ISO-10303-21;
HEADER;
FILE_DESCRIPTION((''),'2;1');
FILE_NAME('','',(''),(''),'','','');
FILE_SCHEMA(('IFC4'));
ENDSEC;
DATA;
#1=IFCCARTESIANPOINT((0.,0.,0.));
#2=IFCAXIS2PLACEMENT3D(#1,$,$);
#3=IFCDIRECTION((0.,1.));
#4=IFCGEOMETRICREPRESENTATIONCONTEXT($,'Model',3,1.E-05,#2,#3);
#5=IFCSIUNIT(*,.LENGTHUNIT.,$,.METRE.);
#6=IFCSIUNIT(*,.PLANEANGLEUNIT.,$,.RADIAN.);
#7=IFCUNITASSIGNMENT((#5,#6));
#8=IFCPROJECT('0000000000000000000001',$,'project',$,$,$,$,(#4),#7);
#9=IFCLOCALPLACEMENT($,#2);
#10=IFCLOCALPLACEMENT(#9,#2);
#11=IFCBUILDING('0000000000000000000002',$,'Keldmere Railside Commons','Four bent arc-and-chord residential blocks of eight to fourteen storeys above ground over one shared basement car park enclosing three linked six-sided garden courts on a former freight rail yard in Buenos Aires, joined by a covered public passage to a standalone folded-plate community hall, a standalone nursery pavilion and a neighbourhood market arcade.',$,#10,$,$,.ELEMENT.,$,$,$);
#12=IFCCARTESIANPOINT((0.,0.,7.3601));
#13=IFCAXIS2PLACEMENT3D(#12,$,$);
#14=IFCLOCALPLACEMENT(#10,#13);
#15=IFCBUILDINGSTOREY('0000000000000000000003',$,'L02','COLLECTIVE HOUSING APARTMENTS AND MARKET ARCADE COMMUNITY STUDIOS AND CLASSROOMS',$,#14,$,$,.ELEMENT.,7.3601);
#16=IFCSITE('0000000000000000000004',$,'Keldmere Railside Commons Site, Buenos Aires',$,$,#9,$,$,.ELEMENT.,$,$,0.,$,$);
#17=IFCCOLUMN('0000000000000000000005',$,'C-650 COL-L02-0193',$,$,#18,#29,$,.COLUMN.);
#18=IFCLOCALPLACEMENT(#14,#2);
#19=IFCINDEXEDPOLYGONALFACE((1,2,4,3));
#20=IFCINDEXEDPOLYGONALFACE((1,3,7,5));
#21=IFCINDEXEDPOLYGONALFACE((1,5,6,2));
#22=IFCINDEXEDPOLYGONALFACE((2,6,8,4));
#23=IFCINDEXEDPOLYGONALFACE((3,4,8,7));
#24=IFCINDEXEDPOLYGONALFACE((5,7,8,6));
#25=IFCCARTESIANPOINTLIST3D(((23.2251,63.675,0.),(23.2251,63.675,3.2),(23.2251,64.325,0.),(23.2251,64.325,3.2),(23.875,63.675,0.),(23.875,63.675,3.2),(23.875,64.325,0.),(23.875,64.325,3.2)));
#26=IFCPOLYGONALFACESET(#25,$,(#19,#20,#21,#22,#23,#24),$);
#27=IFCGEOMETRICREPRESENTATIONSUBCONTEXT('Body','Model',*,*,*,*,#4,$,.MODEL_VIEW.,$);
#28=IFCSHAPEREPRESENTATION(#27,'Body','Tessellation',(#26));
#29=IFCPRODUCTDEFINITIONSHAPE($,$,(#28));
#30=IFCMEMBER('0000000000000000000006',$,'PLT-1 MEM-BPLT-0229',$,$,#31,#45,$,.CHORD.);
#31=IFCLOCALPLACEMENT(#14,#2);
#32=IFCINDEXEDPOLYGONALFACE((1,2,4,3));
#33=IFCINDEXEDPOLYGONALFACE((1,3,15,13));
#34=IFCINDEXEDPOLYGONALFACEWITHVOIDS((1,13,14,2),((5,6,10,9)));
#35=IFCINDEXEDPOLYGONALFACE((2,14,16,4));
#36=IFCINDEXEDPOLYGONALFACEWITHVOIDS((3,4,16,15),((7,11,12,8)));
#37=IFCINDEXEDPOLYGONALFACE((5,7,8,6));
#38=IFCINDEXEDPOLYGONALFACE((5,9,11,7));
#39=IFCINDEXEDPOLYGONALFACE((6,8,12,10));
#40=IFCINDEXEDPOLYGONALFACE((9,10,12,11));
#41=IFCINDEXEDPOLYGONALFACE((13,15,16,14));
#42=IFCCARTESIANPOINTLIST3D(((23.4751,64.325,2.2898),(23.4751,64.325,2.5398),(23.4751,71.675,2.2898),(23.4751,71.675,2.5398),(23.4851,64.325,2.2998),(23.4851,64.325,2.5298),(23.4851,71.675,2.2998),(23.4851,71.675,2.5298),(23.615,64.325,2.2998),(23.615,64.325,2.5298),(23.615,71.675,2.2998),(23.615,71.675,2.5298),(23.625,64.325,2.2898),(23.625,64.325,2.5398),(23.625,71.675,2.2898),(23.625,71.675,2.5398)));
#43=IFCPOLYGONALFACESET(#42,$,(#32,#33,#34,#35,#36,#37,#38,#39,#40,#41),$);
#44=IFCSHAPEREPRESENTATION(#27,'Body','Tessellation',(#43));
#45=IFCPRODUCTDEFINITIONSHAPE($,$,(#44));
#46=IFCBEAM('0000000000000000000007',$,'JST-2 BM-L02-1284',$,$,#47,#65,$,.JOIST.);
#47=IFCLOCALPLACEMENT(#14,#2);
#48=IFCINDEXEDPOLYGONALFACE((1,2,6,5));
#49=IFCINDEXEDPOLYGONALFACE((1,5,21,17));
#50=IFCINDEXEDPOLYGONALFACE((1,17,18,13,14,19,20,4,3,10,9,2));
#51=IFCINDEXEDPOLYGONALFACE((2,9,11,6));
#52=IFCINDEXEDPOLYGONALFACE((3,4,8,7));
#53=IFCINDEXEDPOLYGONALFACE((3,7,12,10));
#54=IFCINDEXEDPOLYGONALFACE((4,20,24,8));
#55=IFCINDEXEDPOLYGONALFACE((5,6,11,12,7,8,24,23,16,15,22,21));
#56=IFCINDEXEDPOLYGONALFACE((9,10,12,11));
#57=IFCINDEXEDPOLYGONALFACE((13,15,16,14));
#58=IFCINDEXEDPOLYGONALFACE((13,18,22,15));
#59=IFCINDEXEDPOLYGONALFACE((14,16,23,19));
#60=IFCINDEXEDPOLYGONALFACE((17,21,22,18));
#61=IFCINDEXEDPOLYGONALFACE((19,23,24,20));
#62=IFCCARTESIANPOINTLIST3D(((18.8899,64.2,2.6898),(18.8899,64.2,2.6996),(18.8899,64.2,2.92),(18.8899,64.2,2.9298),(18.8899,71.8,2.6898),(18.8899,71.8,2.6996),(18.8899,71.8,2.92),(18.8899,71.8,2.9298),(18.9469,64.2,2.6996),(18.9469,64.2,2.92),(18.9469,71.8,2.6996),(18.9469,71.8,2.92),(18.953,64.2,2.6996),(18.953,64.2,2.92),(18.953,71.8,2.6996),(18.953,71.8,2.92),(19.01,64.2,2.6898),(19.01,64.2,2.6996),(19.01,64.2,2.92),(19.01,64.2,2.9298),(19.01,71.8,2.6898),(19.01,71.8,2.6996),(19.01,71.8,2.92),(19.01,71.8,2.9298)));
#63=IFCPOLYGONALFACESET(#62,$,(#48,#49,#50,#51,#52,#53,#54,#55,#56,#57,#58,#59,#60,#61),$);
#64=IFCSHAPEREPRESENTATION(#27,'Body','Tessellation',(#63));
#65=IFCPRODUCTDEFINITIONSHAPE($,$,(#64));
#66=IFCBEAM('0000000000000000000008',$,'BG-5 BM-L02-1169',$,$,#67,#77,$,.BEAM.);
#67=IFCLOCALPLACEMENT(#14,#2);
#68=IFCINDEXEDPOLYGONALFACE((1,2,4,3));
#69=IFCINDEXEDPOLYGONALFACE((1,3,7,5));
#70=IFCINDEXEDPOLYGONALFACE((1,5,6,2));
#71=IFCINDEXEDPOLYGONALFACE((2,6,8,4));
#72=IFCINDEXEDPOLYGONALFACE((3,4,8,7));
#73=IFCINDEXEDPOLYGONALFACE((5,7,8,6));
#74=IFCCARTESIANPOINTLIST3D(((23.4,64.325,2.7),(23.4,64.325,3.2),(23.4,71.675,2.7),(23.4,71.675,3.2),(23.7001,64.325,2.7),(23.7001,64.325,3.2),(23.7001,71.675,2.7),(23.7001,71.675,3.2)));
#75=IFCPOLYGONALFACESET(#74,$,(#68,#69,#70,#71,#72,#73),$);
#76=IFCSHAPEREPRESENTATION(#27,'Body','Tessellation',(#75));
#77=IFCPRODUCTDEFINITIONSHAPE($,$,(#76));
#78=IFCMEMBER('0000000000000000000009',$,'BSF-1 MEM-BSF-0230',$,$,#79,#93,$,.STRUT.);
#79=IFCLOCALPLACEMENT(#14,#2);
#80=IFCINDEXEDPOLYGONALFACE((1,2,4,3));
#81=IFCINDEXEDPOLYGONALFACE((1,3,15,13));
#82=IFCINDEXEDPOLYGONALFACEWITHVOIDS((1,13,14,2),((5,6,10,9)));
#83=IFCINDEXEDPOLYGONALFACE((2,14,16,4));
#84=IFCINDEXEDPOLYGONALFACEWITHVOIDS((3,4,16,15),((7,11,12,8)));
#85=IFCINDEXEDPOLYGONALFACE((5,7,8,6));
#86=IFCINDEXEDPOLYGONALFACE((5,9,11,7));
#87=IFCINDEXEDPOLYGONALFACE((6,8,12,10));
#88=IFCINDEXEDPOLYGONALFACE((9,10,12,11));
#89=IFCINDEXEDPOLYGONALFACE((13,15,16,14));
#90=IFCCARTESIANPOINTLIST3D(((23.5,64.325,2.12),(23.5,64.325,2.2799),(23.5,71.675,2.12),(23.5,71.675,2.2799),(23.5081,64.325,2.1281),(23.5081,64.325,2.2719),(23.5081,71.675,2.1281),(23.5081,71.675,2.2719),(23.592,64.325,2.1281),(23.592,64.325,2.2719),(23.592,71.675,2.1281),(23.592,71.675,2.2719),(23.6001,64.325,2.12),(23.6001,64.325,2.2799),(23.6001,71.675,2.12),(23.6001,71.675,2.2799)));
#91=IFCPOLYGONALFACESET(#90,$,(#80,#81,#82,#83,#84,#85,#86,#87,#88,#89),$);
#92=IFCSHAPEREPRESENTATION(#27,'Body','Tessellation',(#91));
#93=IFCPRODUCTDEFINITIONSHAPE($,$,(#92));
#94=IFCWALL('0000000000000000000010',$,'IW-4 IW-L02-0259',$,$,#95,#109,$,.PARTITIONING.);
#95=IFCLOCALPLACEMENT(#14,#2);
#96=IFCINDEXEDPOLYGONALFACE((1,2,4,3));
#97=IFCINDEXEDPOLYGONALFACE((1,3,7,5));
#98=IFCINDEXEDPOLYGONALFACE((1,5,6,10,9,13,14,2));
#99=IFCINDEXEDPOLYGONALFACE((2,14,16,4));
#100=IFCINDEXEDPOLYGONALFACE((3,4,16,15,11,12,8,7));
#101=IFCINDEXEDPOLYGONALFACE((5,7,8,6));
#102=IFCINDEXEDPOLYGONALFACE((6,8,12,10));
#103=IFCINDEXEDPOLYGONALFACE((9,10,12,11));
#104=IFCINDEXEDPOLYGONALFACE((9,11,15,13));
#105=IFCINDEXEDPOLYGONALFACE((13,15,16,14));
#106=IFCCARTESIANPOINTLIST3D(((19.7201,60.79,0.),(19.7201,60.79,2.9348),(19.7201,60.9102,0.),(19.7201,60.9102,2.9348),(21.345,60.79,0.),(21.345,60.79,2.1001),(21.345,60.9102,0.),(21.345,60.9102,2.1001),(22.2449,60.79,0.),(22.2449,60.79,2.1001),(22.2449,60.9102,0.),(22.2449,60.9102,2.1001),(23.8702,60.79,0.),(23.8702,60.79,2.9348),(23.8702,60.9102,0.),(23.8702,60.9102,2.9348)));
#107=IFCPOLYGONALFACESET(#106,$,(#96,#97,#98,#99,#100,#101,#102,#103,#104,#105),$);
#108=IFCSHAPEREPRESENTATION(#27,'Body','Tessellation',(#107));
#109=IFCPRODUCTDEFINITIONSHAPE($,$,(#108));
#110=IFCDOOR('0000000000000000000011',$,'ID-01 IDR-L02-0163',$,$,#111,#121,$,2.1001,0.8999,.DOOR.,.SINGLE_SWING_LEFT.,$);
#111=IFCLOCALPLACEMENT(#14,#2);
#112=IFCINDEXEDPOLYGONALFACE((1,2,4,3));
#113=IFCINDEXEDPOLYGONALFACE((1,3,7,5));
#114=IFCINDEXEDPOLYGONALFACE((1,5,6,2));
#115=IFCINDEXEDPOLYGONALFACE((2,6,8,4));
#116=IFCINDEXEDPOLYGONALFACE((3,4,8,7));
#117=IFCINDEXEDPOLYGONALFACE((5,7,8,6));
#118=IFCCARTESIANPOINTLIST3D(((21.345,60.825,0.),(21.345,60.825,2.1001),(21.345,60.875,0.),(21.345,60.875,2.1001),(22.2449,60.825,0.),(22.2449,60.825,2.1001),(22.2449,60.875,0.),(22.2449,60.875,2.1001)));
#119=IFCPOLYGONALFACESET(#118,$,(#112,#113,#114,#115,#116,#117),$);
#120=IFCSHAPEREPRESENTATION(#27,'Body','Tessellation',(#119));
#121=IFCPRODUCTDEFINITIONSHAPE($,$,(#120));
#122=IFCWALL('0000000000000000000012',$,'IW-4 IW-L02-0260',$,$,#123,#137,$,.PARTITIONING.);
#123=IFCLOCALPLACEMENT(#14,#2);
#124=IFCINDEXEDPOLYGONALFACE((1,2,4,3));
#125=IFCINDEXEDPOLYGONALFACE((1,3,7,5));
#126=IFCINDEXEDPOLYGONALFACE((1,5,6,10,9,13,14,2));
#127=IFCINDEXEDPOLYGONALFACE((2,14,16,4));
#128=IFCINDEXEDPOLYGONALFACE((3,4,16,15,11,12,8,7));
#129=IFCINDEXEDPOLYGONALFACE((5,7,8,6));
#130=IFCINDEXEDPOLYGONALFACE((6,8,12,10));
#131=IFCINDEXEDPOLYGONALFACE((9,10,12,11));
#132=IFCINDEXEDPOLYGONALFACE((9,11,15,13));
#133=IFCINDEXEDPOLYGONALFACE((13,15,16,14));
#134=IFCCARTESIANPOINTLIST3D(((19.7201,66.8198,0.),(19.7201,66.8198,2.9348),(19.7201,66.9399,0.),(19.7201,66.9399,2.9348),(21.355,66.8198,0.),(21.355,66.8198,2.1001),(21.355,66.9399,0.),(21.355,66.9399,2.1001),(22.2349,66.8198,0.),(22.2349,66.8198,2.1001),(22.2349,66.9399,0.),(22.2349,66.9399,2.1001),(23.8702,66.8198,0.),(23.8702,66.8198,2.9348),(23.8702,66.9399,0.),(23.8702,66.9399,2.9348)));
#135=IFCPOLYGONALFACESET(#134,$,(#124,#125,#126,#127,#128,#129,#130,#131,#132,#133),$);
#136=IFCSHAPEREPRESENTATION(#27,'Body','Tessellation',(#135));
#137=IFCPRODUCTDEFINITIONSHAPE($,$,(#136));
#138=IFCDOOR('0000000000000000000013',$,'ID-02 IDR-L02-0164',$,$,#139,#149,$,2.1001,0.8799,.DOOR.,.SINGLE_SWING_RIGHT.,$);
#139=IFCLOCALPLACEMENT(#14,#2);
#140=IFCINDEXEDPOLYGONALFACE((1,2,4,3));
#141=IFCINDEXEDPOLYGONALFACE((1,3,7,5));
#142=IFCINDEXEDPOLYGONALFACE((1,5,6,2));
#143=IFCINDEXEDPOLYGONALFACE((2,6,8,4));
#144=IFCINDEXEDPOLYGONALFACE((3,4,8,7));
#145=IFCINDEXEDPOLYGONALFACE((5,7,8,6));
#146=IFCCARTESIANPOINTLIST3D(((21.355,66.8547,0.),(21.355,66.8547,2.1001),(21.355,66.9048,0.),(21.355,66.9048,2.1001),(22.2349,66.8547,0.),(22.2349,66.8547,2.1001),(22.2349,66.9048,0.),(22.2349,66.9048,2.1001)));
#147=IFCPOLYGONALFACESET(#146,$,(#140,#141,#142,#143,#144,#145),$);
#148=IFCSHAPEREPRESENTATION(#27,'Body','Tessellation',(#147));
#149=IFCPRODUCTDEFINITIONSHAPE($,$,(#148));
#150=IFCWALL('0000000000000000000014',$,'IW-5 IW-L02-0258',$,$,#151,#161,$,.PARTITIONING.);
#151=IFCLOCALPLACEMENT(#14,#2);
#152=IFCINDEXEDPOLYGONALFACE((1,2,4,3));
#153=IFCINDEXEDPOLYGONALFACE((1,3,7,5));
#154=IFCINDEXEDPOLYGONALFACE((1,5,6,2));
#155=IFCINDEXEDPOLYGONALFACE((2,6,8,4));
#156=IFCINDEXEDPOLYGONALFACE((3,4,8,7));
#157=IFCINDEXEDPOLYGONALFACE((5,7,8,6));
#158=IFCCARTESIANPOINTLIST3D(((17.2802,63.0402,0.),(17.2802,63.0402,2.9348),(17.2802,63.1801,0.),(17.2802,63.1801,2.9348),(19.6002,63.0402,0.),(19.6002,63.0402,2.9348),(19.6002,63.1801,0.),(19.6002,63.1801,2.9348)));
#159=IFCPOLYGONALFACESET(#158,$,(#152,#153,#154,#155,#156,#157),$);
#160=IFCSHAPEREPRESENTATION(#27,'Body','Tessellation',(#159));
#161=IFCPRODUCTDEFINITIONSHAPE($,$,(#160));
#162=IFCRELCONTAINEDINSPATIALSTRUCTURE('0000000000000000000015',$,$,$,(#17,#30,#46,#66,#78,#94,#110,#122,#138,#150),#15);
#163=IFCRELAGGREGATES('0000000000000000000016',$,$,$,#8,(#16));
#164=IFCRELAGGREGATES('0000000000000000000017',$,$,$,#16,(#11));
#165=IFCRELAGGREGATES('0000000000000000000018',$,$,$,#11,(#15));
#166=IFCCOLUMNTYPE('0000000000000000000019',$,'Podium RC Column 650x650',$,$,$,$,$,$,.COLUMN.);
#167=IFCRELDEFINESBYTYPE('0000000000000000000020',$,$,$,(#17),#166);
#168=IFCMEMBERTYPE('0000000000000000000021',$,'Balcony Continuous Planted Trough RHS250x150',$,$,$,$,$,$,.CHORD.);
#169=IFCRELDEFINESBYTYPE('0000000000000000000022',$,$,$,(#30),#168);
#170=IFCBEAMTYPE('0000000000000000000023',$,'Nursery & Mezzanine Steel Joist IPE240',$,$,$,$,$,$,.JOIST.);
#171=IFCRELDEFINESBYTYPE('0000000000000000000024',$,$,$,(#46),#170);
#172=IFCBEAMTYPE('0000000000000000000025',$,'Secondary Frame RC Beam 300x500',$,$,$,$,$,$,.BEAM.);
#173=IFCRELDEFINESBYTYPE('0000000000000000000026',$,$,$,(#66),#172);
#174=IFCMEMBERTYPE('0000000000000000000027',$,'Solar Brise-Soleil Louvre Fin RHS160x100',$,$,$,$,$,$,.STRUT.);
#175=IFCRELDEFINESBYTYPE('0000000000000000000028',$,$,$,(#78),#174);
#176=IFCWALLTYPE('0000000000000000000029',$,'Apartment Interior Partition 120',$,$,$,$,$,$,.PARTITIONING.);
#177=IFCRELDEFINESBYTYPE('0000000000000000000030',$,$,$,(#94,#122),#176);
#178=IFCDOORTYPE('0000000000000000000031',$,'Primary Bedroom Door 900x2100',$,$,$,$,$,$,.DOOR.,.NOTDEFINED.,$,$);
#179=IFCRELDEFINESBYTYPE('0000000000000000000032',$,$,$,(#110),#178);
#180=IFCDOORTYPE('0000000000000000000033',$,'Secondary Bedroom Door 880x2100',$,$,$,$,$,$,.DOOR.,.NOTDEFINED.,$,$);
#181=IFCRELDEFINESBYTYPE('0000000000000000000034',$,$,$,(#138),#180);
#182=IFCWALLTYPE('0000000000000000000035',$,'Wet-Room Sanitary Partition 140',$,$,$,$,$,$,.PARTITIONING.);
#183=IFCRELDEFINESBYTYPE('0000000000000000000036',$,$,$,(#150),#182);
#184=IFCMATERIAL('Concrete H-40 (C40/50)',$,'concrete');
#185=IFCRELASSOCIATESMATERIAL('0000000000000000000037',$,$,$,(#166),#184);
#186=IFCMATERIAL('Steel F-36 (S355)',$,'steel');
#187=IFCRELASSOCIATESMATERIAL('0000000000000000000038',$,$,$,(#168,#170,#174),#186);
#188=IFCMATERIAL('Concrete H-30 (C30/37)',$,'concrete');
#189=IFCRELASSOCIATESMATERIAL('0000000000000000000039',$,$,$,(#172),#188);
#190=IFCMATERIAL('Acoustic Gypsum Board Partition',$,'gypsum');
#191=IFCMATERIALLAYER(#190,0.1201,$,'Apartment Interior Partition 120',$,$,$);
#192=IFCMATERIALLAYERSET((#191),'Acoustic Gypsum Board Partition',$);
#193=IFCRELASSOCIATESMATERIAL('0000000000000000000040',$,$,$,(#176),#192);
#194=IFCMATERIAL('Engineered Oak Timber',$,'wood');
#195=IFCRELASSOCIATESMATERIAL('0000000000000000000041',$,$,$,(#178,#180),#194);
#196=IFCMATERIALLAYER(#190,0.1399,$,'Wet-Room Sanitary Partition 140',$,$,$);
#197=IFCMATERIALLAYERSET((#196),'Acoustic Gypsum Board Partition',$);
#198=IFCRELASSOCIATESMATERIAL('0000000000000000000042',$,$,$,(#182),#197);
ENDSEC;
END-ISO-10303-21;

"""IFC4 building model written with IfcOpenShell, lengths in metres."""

from ifc_helpers import new_model, si_unit, direction, frame, frame_2d, origin, origin_2d, place, context, subcontext, project, spatial, rectangle, hollow_rectangle, i_section, extrude, material, layer, layer_set, material_profile, profile_set, type_object, element, fill, save


model = new_model("IFC4")

# Units and contexts
model_context = context("Model", 3, precision=1e-05, world=origin(), true_north=direction((0.0, 1.0)))
body_context = subcontext(model_context, "Body", "Model", "MODEL_VIEW")
ifc_project = project(units=[si_unit("LENGTHUNIT", "METRE"), si_unit("PLANEANGLEUNIT", "RADIAN")], contexts=[model_context])

# Site, building, storey
site_placement = place(None, origin())
site = spatial("IfcSite", under=ifc_project, at=site_placement, Name="Keldmere Railside Commons Site, Buenos Aires", CompositionType="ELEMENT", RefElevation=0.0)
building_placement = place(site_placement, origin())
building = spatial("IfcBuilding", under=site, at=building_placement, Name="Keldmere Railside Commons", Description="Four bent arc-and-chord residential blocks of eight to fourteen storeys above ground over one shared basement car park enclosing three linked six-sided garden courts on a former freight rail yard in Buenos Aires, joined by a covered public passage to a standalone folded-plate community hall, a standalone nursery pavilion and a neighbourhood market arcade.", CompositionType="ELEMENT")
storey_placement = place(building_placement, frame((0.0, 0.0, 7.3601)))
storey = spatial("IfcBuildingStorey", under=building, at=storey_placement, Name="L02", Description="COLLECTIVE HOUSING APARTMENTS AND MARKET ARCADE COMMUNITY STUDIOS AND CLASSROOMS", CompositionType="ELEMENT", Elevation=7.3601)

# Column
ifc_material_1 = material(Name="Concrete H-40 (C40/50)", Category="concrete")
ifc_material_profile_1 = material_profile(ifc_material_1, rectangle(XDim=0.6499, YDim=0.6499, at=origin_2d()), Name="RC-650x650")
ifc_profile_set_1 = profile_set([ifc_material_profile_1], Name="Concrete H-40 (C40/50)")
column_type = type_object("IfcColumnType", Name="Podium RC Column 650x650", PredefinedType="COLUMN", material=ifc_profile_set_1)
column_placement = place(storey_placement, frame((23.55, 64.0, 0.0), z_axis=(0.0, 0.0, 1.0), x_axis=(1.0, 0.0, 0.0)))
element("IfcColumn", 1, at=column_placement, inside=storey, type_object=column_type, Name="C-650 COL-L02-0193", PredefinedType="COLUMN", context=body_context, shape_type="SweptSolid", body=[
    extrude(rectangle(XDim=0.6499, YDim=0.6499, at=origin_2d()), origin(), (0.0, 0.0, 1.0), 3.2),
])

# Member
ifc_material_2 = material(Name="Steel F-36 (S355)", Category="steel")
ifc_material_profile_2 = material_profile(ifc_material_2, hollow_rectangle(XDim=0.1499, YDim=0.25, WallThickness=0.01, at=origin_2d()), Name="RHS-250x150x10")
ifc_profile_set_2 = profile_set([ifc_material_profile_2], Name="Steel F-36 (S355)")
member_type_1 = type_object("IfcMemberType", Name="Balcony Continuous Planted Trough RHS250x150", PredefinedType="CHORD", material=ifc_profile_set_2)
member_1_placement = place(storey_placement, frame((23.55, 64.325, 2.4148), z_axis=(0.0, 1.0, 0.0), x_axis=(-1.0, 0.0, 0.0)))
element("IfcMember", 2, at=member_1_placement, inside=storey, type_object=member_type_1, Name="PLT-1 MEM-BPLT-0229", PredefinedType="CHORD", context=body_context, shape_type="SweptSolid", body=[
    extrude(hollow_rectangle(XDim=0.1499, YDim=0.25, WallThickness=0.01, at=origin_2d()), origin(), (0.0, 0.0, 1.0), 7.3501),
])

# Beams
ifc_material_profile_3 = material_profile(ifc_material_2, i_section(OverallWidth=0.1201, OverallDepth=0.24, WebThickness=0.0061, FlangeThickness=0.0098, at=origin_2d()), Name="IPE-240")
ifc_profile_set_3 = profile_set([ifc_material_profile_3], Name="Steel F-36 (S355)")
beam_type_1 = type_object("IfcBeamType", Name="Nursery & Mezzanine Steel Joist IPE240", PredefinedType="JOIST", material=ifc_profile_set_3)
beam_1_placement = place(storey_placement, frame((18.95, 64.2, 2.8098), z_axis=(0.0, 1.0, 0.0), x_axis=(-1.0, 0.0, 0.0)))
element("IfcBeam", 3, at=beam_1_placement, inside=storey, type_object=beam_type_1, Name="JST-2 BM-L02-1284", PredefinedType="JOIST", context=body_context, shape_type="SweptSolid", body=[
    extrude(i_section(OverallWidth=0.1201, OverallDepth=0.24, WebThickness=0.0061, FlangeThickness=0.0098, at=origin_2d()), origin(), (0.0, 0.0, 1.0), 7.6001),
])
ifc_material_3 = material(Name="Concrete H-30 (C30/37)", Category="concrete")
ifc_material_profile_4 = material_profile(ifc_material_3, rectangle(XDim=0.3, YDim=0.5, at=origin_2d()), Name="RC-300x500")
ifc_profile_set_4 = profile_set([ifc_material_profile_4], Name="Concrete H-30 (C30/37)")
beam_type_2 = type_object("IfcBeamType", Name="Secondary Frame RC Beam 300x500", PredefinedType="BEAM", material=ifc_profile_set_4)
beam_2_placement = place(storey_placement, frame((23.55, 64.325, 2.95), z_axis=(0.0, 1.0, 0.0), x_axis=(-1.0, 0.0, 0.0)))
element("IfcBeam", 4, at=beam_2_placement, inside=storey, type_object=beam_type_2, Name="BG-5 BM-L02-1169", PredefinedType="BEAM", context=body_context, shape_type="SweptSolid", body=[
    extrude(rectangle(XDim=0.3, YDim=0.5, at=origin_2d()), origin(), (0.0, 0.0, 1.0), 7.3501),
])

# Member
ifc_material_profile_5 = material_profile(ifc_material_2, hollow_rectangle(XDim=0.1001, YDim=0.1599, WallThickness=0.0081, at=origin_2d()), Name="RHS-160x100x8")
ifc_profile_set_5 = profile_set([ifc_material_profile_5], Name="Steel F-36 (S355)")
member_type_2 = type_object("IfcMemberType", Name="Solar Brise-Soleil Louvre Fin RHS160x100", PredefinedType="STRUT", material=ifc_profile_set_5)
member_2_placement = place(storey_placement, frame((23.55, 64.325, 2.2), z_axis=(0.0, 1.0, 0.0), x_axis=(-1.0, 0.0, 0.0)))
element("IfcMember", 5, at=member_2_placement, inside=storey, type_object=member_type_2, Name="BSF-1 MEM-BSF-0230", PredefinedType="STRUT", context=body_context, shape_type="SweptSolid", body=[
    extrude(hollow_rectangle(XDim=0.1001, YDim=0.1599, WallThickness=0.0081, at=origin_2d()), origin(), (0.0, 0.0, 1.0), 7.3501),
])

# Walls, openings, doors
ifc_material_4 = material(Name="Acoustic Gypsum Board Partition", Category="gypsum")
ifc_layer_1 = layer(ifc_material_4, 0.1201, Name="Apartment Interior Partition 120")
ifc_layer_set_1 = layer_set([ifc_layer_1], Name="Acoustic Gypsum Board Partition")
wall_type_1 = type_object("IfcWallType", Name="Apartment Interior Partition 120", PredefinedType="PARTITIONING", material=ifc_layer_set_1)
wall_1_placement = place(storey_placement, frame((19.72, 60.8501, 0.0), z_axis=(0.0, 0.0, 1.0), x_axis=(1.0, 0.0, 0.0)))
wall_1 = element("IfcWall", 6, at=wall_1_placement, inside=storey, type_object=wall_type_1, Name="IW-4 IW-L02-0259", PredefinedType="PARTITIONING", context=body_context, shape_type="SweptSolid", body=[
    extrude(rectangle(XDim=4.1501, YDim=0.1201, at=frame_2d((2.0752, 0.0))), origin(), (0.0, 0.0, 1.0), 2.9348),
])
opening_1_placement = place(wall_1_placement, frame((1.625, 0.0, 0.0)))
opening_1 = element("IfcOpeningElement", 7, at=opening_1_placement, cuts=wall_1, PredefinedType="OPENING", context=body_context, shape_type="SweptSolid", body=[
    extrude(rectangle(XDim=0.8999, YDim=2.1001, at=frame_2d((0.45, 1.05))), frame((0.0, 0.0701, 0.0), z_axis=(0.0, -1.0, 0.0), x_axis=(1.0, 0.0, 0.0)), (0.0, 0.0, 1.0), 0.1401),
])
ifc_material_5 = material(Name="Engineered Oak Timber", Category="wood")
door_type_1 = type_object("IfcDoorType", Name="Primary Bedroom Door 900x2100", OperationType="NOTDEFINED", PredefinedType="DOOR", material=ifc_material_5)
door_1_placement = place(opening_1_placement, origin())
door_1 = element("IfcDoor", 8, at=door_1_placement, inside=storey, type_object=door_type_1, Name="ID-01 IDR-L02-0163", OperationType="SINGLE_SWING_LEFT", OverallHeight=2.1001, OverallWidth=0.8999, PredefinedType="DOOR", context=body_context, shape_type="SweptSolid", body=[
    extrude(rectangle(XDim=0.8999, YDim=2.1001, at=frame_2d((0.45, 1.05))), frame((0.0, 0.0249, 0.0), z_axis=(0.0, -1.0, 0.0), x_axis=(1.0, 0.0, 0.0)), (0.0, 0.0, 1.0), 0.05),
])
fill(opening_1, door_1)
wall_2_placement = place(storey_placement, frame((19.72, 66.8799, 0.0), z_axis=(0.0, 0.0, 1.0), x_axis=(1.0, 0.0, 0.0)))
wall_2 = element("IfcWall", 9, at=wall_2_placement, inside=storey, type_object=wall_type_1, Name="IW-4 IW-L02-0260", PredefinedType="PARTITIONING", context=body_context, shape_type="SweptSolid", body=[
    extrude(rectangle(XDim=4.1501, YDim=0.1201, at=frame_2d((2.0752, 0.0))), origin(), (0.0, 0.0, 1.0), 2.9348),
])
opening_2_placement = place(wall_2_placement, frame((1.635, 0.0, 0.0)))
opening_2 = element("IfcOpeningElement", 10, at=opening_2_placement, cuts=wall_2, PredefinedType="OPENING", context=body_context, shape_type="SweptSolid", body=[
    extrude(rectangle(XDim=0.8799, YDim=2.1001, at=frame_2d((0.4399, 1.05))), frame((0.0, 0.0701, 0.0), z_axis=(0.0, -1.0, 0.0), x_axis=(1.0, 0.0, 0.0)), (0.0, 0.0, 1.0), 0.1401),
])
door_type_2 = type_object("IfcDoorType", Name="Secondary Bedroom Door 880x2100", OperationType="NOTDEFINED", PredefinedType="DOOR", material=ifc_material_5)
door_2_placement = place(opening_2_placement, origin())
door_2 = element("IfcDoor", 11, at=door_2_placement, inside=storey, type_object=door_type_2, Name="ID-02 IDR-L02-0164", OperationType="SINGLE_SWING_RIGHT", OverallHeight=2.1001, OverallWidth=0.8799, PredefinedType="DOOR", context=body_context, shape_type="SweptSolid", body=[
    extrude(rectangle(XDim=0.8799, YDim=2.1001, at=frame_2d((0.4399, 1.05))), frame((0.0, 0.0249, 0.0), z_axis=(0.0, -1.0, 0.0), x_axis=(1.0, 0.0, 0.0)), (0.0, 0.0, 1.0), 0.05),
])
fill(opening_2, door_2)

# Wall
ifc_layer_2 = layer(ifc_material_4, 0.1399, Name="Wet-Room Sanitary Partition 140")
ifc_layer_set_2 = layer_set([ifc_layer_2], Name="Acoustic Gypsum Board Partition")
wall_type_2 = type_object("IfcWallType", Name="Wet-Room Sanitary Partition 140", PredefinedType="PARTITIONING", material=ifc_layer_set_2)
wall_3_placement = place(storey_placement, frame((17.28, 63.1101, 0.0), z_axis=(0.0, 0.0, 1.0), x_axis=(1.0, 0.0, 0.0)))
element("IfcWall", 12, at=wall_3_placement, inside=storey, type_object=wall_type_2, Name="IW-5 IW-L02-0258", PredefinedType="PARTITIONING", context=body_context, shape_type="SweptSolid", body=[
    extrude(rectangle(XDim=2.3201, YDim=0.1399, at=frame_2d((1.1602, 0.0))), origin(), (0.0, 0.0, 1.0), 2.9348),
])

save(model, "model.ifc")
